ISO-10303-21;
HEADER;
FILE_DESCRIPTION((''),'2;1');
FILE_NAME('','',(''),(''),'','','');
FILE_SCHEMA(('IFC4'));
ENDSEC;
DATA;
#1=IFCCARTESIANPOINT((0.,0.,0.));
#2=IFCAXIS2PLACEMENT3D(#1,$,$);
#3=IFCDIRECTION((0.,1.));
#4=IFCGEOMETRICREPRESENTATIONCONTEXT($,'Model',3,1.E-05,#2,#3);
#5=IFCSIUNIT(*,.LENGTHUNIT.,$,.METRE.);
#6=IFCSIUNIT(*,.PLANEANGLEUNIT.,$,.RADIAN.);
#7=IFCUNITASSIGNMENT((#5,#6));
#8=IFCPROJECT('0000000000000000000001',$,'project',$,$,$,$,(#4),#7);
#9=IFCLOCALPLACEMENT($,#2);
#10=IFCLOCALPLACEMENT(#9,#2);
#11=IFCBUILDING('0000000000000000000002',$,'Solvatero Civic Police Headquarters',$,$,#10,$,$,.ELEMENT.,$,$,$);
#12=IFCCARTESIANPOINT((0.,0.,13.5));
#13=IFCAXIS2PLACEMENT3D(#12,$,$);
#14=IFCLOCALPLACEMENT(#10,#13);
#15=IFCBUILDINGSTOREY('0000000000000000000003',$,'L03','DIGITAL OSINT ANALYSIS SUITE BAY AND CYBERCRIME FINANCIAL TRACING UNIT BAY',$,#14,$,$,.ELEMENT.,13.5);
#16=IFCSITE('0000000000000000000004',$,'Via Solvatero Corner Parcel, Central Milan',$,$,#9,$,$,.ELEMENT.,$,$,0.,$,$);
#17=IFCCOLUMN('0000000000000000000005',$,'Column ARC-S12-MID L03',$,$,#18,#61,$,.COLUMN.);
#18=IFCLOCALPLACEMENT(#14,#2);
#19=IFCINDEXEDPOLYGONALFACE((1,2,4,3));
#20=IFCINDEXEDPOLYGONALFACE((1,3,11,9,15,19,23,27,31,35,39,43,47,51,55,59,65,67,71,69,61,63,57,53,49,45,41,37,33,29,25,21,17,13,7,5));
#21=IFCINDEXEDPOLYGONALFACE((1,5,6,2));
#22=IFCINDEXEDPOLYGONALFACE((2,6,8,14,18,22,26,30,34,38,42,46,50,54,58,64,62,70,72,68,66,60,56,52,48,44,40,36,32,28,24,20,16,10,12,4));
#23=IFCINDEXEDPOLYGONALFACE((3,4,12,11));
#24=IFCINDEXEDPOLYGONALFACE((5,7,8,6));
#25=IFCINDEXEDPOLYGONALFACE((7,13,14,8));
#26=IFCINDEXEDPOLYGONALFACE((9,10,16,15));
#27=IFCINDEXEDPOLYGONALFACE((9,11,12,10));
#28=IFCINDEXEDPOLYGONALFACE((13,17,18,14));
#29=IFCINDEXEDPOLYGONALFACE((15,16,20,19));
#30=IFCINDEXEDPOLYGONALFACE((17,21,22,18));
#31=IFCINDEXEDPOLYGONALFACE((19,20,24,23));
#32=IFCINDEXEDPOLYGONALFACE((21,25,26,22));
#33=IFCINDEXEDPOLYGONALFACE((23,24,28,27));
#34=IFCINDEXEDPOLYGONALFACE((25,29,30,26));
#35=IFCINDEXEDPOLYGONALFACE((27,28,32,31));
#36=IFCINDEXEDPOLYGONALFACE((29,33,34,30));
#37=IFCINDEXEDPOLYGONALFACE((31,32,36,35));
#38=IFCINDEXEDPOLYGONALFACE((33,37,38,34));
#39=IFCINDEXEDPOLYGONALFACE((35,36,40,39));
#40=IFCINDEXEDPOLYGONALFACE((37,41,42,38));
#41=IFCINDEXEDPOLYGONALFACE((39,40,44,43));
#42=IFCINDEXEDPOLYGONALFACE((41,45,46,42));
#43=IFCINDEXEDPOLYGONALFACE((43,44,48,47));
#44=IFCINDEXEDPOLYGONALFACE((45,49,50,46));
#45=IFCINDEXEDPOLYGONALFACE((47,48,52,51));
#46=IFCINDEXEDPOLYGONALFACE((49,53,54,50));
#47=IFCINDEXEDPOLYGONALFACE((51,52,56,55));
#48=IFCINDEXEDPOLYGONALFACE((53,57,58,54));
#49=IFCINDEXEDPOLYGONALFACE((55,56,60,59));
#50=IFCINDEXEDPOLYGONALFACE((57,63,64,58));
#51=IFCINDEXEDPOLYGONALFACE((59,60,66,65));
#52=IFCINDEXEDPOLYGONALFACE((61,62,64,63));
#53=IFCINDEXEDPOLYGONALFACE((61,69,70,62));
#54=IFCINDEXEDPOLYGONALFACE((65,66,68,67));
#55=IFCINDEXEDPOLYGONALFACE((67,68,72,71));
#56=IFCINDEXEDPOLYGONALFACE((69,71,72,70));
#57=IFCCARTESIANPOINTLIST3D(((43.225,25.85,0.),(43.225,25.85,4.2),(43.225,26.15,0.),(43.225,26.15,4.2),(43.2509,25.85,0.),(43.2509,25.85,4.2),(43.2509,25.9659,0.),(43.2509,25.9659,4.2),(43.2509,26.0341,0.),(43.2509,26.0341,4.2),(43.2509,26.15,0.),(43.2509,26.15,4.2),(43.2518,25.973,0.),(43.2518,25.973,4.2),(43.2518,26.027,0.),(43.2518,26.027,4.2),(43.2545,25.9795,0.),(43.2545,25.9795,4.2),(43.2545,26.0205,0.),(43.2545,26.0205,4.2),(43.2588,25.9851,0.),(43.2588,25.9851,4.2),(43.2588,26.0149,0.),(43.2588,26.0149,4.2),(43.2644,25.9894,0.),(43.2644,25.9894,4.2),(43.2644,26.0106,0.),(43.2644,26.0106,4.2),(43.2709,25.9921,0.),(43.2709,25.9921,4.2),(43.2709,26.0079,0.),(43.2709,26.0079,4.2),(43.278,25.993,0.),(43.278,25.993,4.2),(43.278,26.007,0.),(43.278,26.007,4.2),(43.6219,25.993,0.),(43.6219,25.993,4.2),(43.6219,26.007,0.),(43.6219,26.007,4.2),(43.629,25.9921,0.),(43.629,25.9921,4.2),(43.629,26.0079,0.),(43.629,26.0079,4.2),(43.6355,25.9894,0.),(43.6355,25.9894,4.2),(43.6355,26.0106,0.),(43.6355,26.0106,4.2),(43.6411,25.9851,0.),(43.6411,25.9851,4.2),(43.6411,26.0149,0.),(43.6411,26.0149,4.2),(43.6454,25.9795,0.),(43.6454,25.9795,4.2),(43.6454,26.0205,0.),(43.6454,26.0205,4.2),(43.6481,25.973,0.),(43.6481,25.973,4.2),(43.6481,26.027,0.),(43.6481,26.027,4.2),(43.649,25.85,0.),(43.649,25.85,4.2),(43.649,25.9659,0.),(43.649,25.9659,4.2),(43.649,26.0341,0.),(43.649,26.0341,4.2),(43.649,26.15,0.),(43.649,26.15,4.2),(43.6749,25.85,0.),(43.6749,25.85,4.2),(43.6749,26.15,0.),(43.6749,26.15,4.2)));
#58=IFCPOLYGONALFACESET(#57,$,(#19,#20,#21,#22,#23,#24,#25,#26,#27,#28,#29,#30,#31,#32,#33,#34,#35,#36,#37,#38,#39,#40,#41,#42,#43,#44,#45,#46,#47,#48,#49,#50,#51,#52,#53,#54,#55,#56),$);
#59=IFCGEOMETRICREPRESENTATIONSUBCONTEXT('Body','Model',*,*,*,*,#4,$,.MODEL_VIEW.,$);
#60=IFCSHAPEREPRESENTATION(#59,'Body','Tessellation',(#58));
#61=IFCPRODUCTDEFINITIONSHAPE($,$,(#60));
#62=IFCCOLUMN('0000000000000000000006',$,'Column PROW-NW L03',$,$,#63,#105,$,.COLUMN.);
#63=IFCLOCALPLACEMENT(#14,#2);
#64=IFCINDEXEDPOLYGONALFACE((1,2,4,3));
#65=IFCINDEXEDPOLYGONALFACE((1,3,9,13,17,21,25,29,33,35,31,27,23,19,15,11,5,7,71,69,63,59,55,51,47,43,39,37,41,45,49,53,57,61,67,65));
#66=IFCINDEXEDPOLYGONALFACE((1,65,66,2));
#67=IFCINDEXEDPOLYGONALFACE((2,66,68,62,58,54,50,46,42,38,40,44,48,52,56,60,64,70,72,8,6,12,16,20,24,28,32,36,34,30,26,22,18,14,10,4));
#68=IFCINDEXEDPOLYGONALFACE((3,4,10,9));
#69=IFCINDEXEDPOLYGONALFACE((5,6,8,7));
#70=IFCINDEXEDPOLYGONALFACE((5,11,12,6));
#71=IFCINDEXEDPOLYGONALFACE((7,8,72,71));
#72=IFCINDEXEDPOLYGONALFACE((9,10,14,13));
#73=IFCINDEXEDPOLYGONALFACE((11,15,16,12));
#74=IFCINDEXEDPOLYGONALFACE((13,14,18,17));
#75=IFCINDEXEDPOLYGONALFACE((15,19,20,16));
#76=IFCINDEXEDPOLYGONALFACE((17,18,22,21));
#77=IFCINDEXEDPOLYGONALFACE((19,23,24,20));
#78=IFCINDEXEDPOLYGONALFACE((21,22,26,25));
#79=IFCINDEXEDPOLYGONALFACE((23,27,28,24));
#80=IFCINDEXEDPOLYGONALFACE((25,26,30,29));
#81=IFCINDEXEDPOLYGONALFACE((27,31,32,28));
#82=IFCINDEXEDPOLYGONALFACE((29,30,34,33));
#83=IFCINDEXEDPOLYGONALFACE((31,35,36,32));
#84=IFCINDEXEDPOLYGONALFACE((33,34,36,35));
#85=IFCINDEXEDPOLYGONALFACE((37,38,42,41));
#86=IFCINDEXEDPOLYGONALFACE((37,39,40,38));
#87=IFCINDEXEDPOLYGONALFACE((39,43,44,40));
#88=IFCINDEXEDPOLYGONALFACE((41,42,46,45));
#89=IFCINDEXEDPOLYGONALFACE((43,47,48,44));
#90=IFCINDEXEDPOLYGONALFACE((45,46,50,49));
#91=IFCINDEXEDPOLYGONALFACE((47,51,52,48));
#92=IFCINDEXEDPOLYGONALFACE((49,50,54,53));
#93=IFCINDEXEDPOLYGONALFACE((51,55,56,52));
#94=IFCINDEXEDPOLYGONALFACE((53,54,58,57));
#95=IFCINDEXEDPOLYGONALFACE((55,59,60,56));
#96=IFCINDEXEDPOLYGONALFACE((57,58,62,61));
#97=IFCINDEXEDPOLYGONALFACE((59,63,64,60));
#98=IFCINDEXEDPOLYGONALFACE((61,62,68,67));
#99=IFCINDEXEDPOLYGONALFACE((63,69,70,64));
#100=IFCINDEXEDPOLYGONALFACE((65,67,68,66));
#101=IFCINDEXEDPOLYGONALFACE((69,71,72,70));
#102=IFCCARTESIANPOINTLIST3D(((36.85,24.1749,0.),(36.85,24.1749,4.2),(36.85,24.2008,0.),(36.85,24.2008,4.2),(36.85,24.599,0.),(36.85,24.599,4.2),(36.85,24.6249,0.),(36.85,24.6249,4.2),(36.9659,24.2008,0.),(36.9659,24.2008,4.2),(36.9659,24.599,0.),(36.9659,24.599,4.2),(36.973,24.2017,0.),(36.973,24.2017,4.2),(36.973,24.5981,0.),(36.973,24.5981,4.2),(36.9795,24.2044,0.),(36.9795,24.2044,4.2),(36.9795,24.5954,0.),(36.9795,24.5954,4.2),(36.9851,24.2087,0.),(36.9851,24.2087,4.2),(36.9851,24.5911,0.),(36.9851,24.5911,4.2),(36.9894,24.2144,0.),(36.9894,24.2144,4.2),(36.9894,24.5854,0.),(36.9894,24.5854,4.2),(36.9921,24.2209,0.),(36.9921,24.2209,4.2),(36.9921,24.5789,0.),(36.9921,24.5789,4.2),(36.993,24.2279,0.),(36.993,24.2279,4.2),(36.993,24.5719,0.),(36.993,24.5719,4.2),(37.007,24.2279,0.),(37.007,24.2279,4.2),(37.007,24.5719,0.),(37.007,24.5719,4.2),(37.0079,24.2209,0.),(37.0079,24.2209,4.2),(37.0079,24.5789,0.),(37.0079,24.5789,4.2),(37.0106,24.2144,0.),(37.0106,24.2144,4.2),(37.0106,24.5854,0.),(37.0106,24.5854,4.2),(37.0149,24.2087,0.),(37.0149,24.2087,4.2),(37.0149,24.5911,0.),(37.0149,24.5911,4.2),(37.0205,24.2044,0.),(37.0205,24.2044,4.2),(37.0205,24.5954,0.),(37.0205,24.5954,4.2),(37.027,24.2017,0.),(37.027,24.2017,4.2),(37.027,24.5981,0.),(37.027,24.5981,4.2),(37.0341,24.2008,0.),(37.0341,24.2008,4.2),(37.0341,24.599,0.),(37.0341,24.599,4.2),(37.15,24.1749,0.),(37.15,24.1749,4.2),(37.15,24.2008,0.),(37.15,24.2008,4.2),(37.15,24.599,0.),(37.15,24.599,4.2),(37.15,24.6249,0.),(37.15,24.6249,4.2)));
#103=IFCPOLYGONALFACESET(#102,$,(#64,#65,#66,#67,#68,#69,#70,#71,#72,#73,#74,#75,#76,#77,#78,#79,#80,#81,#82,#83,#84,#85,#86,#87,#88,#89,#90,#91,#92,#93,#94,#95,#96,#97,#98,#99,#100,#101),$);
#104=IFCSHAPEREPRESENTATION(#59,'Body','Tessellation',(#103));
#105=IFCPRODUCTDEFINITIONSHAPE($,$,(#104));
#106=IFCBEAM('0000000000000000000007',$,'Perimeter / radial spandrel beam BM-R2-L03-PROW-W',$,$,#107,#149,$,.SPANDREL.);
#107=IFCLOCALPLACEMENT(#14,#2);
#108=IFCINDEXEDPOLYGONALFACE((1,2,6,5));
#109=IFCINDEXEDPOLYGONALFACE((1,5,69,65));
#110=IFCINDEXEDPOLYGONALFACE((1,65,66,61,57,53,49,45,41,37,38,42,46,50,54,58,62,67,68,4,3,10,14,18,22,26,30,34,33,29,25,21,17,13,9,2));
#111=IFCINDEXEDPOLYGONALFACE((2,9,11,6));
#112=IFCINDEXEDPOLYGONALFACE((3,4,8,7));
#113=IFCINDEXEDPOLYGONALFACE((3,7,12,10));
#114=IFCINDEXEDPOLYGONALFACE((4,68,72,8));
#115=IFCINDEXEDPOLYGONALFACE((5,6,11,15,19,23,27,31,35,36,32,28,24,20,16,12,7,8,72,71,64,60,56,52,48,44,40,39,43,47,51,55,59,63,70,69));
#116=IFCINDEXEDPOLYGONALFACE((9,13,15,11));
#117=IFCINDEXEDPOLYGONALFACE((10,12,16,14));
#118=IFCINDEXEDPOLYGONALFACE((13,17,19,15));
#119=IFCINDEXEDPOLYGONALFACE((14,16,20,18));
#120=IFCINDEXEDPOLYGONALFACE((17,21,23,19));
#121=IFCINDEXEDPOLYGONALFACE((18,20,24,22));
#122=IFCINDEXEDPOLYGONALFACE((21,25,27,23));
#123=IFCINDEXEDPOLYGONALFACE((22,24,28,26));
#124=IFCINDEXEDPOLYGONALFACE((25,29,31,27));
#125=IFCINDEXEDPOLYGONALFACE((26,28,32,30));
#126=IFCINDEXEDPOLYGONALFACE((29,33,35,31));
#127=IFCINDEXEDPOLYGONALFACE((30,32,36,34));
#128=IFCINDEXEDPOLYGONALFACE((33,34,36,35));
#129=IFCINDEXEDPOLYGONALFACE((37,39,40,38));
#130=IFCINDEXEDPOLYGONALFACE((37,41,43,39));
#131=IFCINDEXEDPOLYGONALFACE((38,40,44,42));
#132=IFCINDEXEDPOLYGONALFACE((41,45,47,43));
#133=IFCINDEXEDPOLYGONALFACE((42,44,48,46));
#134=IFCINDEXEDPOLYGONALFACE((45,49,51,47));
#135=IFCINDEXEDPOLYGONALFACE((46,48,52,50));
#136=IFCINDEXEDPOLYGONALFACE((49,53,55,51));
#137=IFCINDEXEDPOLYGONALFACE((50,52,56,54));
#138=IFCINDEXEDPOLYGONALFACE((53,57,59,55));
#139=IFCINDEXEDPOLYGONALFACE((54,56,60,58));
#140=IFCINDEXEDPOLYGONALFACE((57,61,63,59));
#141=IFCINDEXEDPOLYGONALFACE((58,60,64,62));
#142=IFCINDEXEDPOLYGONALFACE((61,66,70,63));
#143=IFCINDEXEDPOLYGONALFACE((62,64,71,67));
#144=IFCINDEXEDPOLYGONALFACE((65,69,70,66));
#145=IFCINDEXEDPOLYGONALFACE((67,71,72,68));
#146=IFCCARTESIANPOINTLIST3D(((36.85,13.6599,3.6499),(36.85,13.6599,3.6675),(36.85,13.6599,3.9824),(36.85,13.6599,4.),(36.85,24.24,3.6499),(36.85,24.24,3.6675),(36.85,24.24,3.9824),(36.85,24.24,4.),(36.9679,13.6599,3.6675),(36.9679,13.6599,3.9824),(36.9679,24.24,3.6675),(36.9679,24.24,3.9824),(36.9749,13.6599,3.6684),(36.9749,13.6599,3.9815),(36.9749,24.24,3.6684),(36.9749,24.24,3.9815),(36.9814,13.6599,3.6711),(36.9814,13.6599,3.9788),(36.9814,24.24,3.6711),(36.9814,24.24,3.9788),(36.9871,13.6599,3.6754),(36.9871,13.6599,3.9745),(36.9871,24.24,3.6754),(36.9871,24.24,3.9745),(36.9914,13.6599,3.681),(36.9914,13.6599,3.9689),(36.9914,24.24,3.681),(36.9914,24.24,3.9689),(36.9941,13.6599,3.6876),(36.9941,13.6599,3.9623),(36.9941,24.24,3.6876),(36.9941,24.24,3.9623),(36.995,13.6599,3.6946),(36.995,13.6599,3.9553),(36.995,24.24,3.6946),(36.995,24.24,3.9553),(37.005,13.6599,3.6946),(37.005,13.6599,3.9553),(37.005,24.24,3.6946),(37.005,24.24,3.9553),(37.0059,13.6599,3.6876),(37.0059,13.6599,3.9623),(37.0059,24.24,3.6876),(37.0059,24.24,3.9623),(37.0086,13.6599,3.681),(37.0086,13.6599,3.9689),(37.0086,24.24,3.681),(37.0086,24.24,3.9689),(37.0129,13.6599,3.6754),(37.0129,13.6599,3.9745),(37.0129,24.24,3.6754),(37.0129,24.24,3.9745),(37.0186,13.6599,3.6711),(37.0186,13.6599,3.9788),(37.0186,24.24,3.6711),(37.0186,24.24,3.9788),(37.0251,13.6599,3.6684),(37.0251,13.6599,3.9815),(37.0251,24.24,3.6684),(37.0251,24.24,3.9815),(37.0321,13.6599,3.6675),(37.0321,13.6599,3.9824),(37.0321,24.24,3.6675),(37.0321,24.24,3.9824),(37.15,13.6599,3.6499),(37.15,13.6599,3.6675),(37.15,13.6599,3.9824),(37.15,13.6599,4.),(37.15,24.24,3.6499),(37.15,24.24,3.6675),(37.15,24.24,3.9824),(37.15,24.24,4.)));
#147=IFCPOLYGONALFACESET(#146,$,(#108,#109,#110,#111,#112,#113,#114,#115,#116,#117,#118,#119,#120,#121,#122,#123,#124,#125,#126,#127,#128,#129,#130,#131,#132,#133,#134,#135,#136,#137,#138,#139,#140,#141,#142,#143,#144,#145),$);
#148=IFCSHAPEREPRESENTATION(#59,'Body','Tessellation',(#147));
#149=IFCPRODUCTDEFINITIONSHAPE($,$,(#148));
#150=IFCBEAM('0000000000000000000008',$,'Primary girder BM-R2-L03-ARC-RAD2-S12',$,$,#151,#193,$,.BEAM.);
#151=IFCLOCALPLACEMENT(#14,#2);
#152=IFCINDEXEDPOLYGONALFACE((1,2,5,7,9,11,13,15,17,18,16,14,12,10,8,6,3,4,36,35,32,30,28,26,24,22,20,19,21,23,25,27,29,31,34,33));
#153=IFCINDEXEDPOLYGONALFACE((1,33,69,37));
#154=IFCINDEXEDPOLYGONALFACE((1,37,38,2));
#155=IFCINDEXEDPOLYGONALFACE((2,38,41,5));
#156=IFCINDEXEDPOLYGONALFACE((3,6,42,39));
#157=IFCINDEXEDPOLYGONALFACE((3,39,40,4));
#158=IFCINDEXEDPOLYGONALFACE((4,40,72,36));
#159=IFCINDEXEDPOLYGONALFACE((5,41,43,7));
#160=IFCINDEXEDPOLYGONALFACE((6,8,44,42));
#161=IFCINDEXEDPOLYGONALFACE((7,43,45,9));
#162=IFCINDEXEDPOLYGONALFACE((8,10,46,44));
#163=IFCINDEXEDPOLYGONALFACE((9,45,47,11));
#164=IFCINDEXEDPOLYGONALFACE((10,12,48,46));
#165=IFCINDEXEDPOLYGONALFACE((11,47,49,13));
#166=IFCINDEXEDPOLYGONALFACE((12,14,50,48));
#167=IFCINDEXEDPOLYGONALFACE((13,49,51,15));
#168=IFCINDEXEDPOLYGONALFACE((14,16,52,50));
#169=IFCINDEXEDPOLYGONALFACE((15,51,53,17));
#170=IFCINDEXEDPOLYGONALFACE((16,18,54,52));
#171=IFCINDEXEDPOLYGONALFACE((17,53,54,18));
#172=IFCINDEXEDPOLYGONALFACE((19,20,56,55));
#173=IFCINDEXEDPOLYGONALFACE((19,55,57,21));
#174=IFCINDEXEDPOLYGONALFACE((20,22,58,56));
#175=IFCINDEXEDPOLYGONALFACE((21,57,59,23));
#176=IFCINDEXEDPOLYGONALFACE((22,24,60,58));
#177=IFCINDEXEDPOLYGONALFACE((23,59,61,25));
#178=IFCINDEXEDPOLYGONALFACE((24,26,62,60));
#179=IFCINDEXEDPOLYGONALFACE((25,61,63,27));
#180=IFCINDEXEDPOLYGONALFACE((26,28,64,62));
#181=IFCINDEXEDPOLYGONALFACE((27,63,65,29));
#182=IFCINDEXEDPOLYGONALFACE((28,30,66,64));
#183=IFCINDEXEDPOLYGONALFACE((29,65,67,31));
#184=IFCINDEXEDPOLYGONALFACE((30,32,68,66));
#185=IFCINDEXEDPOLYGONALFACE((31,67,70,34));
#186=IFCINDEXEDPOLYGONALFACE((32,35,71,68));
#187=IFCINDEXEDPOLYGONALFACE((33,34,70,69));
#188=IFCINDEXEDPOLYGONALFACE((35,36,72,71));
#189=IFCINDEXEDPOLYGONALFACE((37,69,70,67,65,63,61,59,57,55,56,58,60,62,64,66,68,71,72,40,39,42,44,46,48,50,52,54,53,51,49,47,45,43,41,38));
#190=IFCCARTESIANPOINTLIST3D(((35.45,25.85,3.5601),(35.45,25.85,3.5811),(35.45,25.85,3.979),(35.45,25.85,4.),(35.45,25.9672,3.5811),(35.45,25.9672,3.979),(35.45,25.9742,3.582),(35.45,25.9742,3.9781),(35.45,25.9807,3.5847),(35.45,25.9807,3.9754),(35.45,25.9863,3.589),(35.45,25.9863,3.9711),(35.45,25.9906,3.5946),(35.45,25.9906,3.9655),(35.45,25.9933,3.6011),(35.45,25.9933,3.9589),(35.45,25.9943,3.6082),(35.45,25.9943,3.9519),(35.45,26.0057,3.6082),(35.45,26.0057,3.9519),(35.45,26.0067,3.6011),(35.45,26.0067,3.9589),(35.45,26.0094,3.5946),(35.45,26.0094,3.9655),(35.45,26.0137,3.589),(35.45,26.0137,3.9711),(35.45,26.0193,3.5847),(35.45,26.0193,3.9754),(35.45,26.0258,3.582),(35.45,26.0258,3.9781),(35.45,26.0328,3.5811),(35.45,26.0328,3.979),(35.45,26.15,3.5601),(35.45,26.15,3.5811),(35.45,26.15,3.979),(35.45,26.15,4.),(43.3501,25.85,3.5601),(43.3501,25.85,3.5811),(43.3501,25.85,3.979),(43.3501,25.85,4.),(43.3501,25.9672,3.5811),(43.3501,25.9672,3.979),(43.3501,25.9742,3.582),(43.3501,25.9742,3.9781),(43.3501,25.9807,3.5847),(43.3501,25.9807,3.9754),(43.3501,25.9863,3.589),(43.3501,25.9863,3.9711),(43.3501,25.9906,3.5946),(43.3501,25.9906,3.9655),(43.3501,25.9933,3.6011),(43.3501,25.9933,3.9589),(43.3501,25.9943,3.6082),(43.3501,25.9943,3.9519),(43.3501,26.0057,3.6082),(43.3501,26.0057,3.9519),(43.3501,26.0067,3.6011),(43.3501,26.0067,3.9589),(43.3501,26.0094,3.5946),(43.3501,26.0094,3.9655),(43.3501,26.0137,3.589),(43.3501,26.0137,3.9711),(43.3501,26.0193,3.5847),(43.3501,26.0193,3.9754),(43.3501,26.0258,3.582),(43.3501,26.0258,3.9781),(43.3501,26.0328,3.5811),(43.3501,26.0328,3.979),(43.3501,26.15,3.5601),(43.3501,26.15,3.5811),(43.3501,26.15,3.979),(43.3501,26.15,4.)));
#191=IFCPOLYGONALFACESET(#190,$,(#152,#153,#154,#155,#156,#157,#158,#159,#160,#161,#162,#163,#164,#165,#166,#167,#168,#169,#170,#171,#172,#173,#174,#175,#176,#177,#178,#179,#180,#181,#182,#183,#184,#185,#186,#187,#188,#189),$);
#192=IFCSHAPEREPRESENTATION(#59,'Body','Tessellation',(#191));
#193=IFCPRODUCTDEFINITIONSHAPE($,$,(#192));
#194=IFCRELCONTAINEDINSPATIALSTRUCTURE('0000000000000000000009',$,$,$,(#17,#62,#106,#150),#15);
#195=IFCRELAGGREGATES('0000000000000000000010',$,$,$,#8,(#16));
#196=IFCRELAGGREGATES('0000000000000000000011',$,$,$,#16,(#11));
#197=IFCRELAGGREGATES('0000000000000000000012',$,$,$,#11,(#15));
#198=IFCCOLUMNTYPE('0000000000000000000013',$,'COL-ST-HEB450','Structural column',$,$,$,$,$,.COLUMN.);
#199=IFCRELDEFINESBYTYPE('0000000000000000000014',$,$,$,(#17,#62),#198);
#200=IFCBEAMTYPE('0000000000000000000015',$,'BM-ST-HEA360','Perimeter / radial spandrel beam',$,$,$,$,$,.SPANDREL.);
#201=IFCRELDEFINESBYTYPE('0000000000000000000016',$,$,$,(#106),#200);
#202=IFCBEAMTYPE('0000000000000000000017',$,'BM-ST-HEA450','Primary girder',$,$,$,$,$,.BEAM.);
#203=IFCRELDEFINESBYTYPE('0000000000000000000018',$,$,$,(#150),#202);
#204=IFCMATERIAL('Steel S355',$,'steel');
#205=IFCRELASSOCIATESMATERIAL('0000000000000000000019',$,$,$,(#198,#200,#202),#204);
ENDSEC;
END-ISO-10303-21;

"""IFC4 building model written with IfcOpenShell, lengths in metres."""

from ifc_helpers import new_model, si_unit, direction, frame, origin, origin_2d, place, context, subcontext, project, spatial, i_section, extrude, material, material_profile, profile_set, type_object, element, save


model = new_model("IFC4")

# Units and contexts
model_context = context("Model", 3, precision=1e-05, world=origin(), true_north=direction((0.0, 1.0)))
body_context = subcontext(model_context, "Body", "Model", "MODEL_VIEW")
ifc_project = project(units=[si_unit("LENGTHUNIT", "METRE"), si_unit("PLANEANGLEUNIT", "RADIAN")], contexts=[model_context])

# Site, building, storey
site_placement = place(None, origin())
site = spatial("IfcSite", under=ifc_project, at=site_placement, Name="Via Solvatero Corner Parcel, Central Milan", CompositionType="ELEMENT", RefElevation=0.0)
building_placement = place(site_placement, origin())
building = spatial("IfcBuilding", under=site, at=building_placement, Name="Solvatero Civic Police Headquarters", CompositionType="ELEMENT")
storey_placement = place(building_placement, frame((0.0, 0.0, 13.5)))
storey = spatial("IfcBuildingStorey", under=building, at=storey_placement, Name="L03", Description="DIGITAL OSINT ANALYSIS SUITE BAY AND CYBERCRIME FINANCIAL TRACING UNIT BAY", CompositionType="ELEMENT", Elevation=13.5)

# Columns
ifc_material_1 = material(Name="Steel S355", Category="steel")
ifc_material_profile_1 = material_profile(ifc_material_1, i_section(OverallWidth=0.3, OverallDepth=0.45, WebThickness=0.0139, FlangeThickness=0.0259, FilletRadius=0.0271, at=origin_2d()), Name="HEB 450")
ifc_profile_set_1 = profile_set([ifc_material_profile_1], Name="Steel S355")
column_type = type_object("IfcColumnType", Name="COL-ST-HEB450", Description="Structural column", PredefinedType="COLUMN", material=ifc_profile_set_1)
for number, where, z_axis, x_axis, name in (
    (1, (43.45, 26.0, 0.0), (0.0, 0.0, 1.0), (0.0, 1.0, 0.0), "Column ARC-S12-MID L03"),
    (2, (37.0, 24.3999, 0.0), (0.0, 0.0, 1.0), (1.0, 0.0, 0.0), "Column PROW-NW L03"),
):
    element("IfcColumn", number, at=place(storey_placement, frame(where, z_axis=z_axis, x_axis=x_axis)), inside=storey, type_object=column_type, Name=name, PredefinedType="COLUMN", context=body_context, shape_type="SweptSolid", body=[
        extrude(i_section(OverallWidth=0.3, OverallDepth=0.45, WebThickness=0.0139, FlangeThickness=0.0259, FilletRadius=0.0271, at=origin_2d()), origin(), (0.0, 0.0, 1.0), 4.2),
    ])

# Beams
ifc_material_profile_2 = material_profile(ifc_material_1, i_section(OverallWidth=0.3, OverallDepth=0.3501, WebThickness=0.01, FlangeThickness=0.0176, FilletRadius=0.0271, at=origin_2d()), Name="HEA 360")
ifc_profile_set_2 = profile_set([ifc_material_profile_2], Name="Steel S355")
beam_type_1 = type_object("IfcBeamType", Name="BM-ST-HEA360", Description="Perimeter / radial spandrel beam", PredefinedType="SPANDREL", material=ifc_profile_set_2)
beam_1_placement = place(storey_placement, frame((37.0, 24.24, 3.825), z_axis=(0.0, -1.0, 0.0), x_axis=(1.0, 0.0, 0.0)))
element("IfcBeam", 3, at=beam_1_placement, inside=storey, type_object=beam_type_1, Name="Perimeter / radial spandrel beam BM-R2-L03-PROW-W", PredefinedType="SPANDREL", context=body_context, shape_type="SweptSolid", body=[
    extrude(i_section(OverallWidth=0.3, OverallDepth=0.3501, WebThickness=0.01, FlangeThickness=0.0176, FilletRadius=0.0271, at=origin_2d()), origin(), (0.0, 0.0, 1.0), 10.5801),
])
ifc_material_profile_3 = material_profile(ifc_material_1, i_section(OverallWidth=0.3, OverallDepth=0.4399, WebThickness=0.0115, FlangeThickness=0.021, FilletRadius=0.0271, at=origin_2d()), Name="HEA 450")
ifc_profile_set_3 = profile_set([ifc_material_profile_3], Name="Steel S355")
beam_type_2 = type_object("IfcBeamType", Name="BM-ST-HEA450", Description="Primary girder", PredefinedType="BEAM", material=ifc_profile_set_3)
beam_2_placement = place(storey_placement, frame((43.3501, 26.0, 3.78), z_axis=(-1.0, 0.0, 0.0), x_axis=(0.0, -1.0, 0.0)))
element("IfcBeam", 4, at=beam_2_placement, inside=storey, type_object=beam_type_2, Name="Primary girder BM-R2-L03-ARC-RAD2-S12", PredefinedType="BEAM", context=body_context, shape_type="SweptSolid", body=[
    extrude(i_section(OverallWidth=0.3, OverallDepth=0.4399, WebThickness=0.0115, FlangeThickness=0.021, FilletRadius=0.0271, at=origin_2d()), origin(), (0.0, 0.0, 1.0), 7.9001),
])

save(model, "model.ifc")
